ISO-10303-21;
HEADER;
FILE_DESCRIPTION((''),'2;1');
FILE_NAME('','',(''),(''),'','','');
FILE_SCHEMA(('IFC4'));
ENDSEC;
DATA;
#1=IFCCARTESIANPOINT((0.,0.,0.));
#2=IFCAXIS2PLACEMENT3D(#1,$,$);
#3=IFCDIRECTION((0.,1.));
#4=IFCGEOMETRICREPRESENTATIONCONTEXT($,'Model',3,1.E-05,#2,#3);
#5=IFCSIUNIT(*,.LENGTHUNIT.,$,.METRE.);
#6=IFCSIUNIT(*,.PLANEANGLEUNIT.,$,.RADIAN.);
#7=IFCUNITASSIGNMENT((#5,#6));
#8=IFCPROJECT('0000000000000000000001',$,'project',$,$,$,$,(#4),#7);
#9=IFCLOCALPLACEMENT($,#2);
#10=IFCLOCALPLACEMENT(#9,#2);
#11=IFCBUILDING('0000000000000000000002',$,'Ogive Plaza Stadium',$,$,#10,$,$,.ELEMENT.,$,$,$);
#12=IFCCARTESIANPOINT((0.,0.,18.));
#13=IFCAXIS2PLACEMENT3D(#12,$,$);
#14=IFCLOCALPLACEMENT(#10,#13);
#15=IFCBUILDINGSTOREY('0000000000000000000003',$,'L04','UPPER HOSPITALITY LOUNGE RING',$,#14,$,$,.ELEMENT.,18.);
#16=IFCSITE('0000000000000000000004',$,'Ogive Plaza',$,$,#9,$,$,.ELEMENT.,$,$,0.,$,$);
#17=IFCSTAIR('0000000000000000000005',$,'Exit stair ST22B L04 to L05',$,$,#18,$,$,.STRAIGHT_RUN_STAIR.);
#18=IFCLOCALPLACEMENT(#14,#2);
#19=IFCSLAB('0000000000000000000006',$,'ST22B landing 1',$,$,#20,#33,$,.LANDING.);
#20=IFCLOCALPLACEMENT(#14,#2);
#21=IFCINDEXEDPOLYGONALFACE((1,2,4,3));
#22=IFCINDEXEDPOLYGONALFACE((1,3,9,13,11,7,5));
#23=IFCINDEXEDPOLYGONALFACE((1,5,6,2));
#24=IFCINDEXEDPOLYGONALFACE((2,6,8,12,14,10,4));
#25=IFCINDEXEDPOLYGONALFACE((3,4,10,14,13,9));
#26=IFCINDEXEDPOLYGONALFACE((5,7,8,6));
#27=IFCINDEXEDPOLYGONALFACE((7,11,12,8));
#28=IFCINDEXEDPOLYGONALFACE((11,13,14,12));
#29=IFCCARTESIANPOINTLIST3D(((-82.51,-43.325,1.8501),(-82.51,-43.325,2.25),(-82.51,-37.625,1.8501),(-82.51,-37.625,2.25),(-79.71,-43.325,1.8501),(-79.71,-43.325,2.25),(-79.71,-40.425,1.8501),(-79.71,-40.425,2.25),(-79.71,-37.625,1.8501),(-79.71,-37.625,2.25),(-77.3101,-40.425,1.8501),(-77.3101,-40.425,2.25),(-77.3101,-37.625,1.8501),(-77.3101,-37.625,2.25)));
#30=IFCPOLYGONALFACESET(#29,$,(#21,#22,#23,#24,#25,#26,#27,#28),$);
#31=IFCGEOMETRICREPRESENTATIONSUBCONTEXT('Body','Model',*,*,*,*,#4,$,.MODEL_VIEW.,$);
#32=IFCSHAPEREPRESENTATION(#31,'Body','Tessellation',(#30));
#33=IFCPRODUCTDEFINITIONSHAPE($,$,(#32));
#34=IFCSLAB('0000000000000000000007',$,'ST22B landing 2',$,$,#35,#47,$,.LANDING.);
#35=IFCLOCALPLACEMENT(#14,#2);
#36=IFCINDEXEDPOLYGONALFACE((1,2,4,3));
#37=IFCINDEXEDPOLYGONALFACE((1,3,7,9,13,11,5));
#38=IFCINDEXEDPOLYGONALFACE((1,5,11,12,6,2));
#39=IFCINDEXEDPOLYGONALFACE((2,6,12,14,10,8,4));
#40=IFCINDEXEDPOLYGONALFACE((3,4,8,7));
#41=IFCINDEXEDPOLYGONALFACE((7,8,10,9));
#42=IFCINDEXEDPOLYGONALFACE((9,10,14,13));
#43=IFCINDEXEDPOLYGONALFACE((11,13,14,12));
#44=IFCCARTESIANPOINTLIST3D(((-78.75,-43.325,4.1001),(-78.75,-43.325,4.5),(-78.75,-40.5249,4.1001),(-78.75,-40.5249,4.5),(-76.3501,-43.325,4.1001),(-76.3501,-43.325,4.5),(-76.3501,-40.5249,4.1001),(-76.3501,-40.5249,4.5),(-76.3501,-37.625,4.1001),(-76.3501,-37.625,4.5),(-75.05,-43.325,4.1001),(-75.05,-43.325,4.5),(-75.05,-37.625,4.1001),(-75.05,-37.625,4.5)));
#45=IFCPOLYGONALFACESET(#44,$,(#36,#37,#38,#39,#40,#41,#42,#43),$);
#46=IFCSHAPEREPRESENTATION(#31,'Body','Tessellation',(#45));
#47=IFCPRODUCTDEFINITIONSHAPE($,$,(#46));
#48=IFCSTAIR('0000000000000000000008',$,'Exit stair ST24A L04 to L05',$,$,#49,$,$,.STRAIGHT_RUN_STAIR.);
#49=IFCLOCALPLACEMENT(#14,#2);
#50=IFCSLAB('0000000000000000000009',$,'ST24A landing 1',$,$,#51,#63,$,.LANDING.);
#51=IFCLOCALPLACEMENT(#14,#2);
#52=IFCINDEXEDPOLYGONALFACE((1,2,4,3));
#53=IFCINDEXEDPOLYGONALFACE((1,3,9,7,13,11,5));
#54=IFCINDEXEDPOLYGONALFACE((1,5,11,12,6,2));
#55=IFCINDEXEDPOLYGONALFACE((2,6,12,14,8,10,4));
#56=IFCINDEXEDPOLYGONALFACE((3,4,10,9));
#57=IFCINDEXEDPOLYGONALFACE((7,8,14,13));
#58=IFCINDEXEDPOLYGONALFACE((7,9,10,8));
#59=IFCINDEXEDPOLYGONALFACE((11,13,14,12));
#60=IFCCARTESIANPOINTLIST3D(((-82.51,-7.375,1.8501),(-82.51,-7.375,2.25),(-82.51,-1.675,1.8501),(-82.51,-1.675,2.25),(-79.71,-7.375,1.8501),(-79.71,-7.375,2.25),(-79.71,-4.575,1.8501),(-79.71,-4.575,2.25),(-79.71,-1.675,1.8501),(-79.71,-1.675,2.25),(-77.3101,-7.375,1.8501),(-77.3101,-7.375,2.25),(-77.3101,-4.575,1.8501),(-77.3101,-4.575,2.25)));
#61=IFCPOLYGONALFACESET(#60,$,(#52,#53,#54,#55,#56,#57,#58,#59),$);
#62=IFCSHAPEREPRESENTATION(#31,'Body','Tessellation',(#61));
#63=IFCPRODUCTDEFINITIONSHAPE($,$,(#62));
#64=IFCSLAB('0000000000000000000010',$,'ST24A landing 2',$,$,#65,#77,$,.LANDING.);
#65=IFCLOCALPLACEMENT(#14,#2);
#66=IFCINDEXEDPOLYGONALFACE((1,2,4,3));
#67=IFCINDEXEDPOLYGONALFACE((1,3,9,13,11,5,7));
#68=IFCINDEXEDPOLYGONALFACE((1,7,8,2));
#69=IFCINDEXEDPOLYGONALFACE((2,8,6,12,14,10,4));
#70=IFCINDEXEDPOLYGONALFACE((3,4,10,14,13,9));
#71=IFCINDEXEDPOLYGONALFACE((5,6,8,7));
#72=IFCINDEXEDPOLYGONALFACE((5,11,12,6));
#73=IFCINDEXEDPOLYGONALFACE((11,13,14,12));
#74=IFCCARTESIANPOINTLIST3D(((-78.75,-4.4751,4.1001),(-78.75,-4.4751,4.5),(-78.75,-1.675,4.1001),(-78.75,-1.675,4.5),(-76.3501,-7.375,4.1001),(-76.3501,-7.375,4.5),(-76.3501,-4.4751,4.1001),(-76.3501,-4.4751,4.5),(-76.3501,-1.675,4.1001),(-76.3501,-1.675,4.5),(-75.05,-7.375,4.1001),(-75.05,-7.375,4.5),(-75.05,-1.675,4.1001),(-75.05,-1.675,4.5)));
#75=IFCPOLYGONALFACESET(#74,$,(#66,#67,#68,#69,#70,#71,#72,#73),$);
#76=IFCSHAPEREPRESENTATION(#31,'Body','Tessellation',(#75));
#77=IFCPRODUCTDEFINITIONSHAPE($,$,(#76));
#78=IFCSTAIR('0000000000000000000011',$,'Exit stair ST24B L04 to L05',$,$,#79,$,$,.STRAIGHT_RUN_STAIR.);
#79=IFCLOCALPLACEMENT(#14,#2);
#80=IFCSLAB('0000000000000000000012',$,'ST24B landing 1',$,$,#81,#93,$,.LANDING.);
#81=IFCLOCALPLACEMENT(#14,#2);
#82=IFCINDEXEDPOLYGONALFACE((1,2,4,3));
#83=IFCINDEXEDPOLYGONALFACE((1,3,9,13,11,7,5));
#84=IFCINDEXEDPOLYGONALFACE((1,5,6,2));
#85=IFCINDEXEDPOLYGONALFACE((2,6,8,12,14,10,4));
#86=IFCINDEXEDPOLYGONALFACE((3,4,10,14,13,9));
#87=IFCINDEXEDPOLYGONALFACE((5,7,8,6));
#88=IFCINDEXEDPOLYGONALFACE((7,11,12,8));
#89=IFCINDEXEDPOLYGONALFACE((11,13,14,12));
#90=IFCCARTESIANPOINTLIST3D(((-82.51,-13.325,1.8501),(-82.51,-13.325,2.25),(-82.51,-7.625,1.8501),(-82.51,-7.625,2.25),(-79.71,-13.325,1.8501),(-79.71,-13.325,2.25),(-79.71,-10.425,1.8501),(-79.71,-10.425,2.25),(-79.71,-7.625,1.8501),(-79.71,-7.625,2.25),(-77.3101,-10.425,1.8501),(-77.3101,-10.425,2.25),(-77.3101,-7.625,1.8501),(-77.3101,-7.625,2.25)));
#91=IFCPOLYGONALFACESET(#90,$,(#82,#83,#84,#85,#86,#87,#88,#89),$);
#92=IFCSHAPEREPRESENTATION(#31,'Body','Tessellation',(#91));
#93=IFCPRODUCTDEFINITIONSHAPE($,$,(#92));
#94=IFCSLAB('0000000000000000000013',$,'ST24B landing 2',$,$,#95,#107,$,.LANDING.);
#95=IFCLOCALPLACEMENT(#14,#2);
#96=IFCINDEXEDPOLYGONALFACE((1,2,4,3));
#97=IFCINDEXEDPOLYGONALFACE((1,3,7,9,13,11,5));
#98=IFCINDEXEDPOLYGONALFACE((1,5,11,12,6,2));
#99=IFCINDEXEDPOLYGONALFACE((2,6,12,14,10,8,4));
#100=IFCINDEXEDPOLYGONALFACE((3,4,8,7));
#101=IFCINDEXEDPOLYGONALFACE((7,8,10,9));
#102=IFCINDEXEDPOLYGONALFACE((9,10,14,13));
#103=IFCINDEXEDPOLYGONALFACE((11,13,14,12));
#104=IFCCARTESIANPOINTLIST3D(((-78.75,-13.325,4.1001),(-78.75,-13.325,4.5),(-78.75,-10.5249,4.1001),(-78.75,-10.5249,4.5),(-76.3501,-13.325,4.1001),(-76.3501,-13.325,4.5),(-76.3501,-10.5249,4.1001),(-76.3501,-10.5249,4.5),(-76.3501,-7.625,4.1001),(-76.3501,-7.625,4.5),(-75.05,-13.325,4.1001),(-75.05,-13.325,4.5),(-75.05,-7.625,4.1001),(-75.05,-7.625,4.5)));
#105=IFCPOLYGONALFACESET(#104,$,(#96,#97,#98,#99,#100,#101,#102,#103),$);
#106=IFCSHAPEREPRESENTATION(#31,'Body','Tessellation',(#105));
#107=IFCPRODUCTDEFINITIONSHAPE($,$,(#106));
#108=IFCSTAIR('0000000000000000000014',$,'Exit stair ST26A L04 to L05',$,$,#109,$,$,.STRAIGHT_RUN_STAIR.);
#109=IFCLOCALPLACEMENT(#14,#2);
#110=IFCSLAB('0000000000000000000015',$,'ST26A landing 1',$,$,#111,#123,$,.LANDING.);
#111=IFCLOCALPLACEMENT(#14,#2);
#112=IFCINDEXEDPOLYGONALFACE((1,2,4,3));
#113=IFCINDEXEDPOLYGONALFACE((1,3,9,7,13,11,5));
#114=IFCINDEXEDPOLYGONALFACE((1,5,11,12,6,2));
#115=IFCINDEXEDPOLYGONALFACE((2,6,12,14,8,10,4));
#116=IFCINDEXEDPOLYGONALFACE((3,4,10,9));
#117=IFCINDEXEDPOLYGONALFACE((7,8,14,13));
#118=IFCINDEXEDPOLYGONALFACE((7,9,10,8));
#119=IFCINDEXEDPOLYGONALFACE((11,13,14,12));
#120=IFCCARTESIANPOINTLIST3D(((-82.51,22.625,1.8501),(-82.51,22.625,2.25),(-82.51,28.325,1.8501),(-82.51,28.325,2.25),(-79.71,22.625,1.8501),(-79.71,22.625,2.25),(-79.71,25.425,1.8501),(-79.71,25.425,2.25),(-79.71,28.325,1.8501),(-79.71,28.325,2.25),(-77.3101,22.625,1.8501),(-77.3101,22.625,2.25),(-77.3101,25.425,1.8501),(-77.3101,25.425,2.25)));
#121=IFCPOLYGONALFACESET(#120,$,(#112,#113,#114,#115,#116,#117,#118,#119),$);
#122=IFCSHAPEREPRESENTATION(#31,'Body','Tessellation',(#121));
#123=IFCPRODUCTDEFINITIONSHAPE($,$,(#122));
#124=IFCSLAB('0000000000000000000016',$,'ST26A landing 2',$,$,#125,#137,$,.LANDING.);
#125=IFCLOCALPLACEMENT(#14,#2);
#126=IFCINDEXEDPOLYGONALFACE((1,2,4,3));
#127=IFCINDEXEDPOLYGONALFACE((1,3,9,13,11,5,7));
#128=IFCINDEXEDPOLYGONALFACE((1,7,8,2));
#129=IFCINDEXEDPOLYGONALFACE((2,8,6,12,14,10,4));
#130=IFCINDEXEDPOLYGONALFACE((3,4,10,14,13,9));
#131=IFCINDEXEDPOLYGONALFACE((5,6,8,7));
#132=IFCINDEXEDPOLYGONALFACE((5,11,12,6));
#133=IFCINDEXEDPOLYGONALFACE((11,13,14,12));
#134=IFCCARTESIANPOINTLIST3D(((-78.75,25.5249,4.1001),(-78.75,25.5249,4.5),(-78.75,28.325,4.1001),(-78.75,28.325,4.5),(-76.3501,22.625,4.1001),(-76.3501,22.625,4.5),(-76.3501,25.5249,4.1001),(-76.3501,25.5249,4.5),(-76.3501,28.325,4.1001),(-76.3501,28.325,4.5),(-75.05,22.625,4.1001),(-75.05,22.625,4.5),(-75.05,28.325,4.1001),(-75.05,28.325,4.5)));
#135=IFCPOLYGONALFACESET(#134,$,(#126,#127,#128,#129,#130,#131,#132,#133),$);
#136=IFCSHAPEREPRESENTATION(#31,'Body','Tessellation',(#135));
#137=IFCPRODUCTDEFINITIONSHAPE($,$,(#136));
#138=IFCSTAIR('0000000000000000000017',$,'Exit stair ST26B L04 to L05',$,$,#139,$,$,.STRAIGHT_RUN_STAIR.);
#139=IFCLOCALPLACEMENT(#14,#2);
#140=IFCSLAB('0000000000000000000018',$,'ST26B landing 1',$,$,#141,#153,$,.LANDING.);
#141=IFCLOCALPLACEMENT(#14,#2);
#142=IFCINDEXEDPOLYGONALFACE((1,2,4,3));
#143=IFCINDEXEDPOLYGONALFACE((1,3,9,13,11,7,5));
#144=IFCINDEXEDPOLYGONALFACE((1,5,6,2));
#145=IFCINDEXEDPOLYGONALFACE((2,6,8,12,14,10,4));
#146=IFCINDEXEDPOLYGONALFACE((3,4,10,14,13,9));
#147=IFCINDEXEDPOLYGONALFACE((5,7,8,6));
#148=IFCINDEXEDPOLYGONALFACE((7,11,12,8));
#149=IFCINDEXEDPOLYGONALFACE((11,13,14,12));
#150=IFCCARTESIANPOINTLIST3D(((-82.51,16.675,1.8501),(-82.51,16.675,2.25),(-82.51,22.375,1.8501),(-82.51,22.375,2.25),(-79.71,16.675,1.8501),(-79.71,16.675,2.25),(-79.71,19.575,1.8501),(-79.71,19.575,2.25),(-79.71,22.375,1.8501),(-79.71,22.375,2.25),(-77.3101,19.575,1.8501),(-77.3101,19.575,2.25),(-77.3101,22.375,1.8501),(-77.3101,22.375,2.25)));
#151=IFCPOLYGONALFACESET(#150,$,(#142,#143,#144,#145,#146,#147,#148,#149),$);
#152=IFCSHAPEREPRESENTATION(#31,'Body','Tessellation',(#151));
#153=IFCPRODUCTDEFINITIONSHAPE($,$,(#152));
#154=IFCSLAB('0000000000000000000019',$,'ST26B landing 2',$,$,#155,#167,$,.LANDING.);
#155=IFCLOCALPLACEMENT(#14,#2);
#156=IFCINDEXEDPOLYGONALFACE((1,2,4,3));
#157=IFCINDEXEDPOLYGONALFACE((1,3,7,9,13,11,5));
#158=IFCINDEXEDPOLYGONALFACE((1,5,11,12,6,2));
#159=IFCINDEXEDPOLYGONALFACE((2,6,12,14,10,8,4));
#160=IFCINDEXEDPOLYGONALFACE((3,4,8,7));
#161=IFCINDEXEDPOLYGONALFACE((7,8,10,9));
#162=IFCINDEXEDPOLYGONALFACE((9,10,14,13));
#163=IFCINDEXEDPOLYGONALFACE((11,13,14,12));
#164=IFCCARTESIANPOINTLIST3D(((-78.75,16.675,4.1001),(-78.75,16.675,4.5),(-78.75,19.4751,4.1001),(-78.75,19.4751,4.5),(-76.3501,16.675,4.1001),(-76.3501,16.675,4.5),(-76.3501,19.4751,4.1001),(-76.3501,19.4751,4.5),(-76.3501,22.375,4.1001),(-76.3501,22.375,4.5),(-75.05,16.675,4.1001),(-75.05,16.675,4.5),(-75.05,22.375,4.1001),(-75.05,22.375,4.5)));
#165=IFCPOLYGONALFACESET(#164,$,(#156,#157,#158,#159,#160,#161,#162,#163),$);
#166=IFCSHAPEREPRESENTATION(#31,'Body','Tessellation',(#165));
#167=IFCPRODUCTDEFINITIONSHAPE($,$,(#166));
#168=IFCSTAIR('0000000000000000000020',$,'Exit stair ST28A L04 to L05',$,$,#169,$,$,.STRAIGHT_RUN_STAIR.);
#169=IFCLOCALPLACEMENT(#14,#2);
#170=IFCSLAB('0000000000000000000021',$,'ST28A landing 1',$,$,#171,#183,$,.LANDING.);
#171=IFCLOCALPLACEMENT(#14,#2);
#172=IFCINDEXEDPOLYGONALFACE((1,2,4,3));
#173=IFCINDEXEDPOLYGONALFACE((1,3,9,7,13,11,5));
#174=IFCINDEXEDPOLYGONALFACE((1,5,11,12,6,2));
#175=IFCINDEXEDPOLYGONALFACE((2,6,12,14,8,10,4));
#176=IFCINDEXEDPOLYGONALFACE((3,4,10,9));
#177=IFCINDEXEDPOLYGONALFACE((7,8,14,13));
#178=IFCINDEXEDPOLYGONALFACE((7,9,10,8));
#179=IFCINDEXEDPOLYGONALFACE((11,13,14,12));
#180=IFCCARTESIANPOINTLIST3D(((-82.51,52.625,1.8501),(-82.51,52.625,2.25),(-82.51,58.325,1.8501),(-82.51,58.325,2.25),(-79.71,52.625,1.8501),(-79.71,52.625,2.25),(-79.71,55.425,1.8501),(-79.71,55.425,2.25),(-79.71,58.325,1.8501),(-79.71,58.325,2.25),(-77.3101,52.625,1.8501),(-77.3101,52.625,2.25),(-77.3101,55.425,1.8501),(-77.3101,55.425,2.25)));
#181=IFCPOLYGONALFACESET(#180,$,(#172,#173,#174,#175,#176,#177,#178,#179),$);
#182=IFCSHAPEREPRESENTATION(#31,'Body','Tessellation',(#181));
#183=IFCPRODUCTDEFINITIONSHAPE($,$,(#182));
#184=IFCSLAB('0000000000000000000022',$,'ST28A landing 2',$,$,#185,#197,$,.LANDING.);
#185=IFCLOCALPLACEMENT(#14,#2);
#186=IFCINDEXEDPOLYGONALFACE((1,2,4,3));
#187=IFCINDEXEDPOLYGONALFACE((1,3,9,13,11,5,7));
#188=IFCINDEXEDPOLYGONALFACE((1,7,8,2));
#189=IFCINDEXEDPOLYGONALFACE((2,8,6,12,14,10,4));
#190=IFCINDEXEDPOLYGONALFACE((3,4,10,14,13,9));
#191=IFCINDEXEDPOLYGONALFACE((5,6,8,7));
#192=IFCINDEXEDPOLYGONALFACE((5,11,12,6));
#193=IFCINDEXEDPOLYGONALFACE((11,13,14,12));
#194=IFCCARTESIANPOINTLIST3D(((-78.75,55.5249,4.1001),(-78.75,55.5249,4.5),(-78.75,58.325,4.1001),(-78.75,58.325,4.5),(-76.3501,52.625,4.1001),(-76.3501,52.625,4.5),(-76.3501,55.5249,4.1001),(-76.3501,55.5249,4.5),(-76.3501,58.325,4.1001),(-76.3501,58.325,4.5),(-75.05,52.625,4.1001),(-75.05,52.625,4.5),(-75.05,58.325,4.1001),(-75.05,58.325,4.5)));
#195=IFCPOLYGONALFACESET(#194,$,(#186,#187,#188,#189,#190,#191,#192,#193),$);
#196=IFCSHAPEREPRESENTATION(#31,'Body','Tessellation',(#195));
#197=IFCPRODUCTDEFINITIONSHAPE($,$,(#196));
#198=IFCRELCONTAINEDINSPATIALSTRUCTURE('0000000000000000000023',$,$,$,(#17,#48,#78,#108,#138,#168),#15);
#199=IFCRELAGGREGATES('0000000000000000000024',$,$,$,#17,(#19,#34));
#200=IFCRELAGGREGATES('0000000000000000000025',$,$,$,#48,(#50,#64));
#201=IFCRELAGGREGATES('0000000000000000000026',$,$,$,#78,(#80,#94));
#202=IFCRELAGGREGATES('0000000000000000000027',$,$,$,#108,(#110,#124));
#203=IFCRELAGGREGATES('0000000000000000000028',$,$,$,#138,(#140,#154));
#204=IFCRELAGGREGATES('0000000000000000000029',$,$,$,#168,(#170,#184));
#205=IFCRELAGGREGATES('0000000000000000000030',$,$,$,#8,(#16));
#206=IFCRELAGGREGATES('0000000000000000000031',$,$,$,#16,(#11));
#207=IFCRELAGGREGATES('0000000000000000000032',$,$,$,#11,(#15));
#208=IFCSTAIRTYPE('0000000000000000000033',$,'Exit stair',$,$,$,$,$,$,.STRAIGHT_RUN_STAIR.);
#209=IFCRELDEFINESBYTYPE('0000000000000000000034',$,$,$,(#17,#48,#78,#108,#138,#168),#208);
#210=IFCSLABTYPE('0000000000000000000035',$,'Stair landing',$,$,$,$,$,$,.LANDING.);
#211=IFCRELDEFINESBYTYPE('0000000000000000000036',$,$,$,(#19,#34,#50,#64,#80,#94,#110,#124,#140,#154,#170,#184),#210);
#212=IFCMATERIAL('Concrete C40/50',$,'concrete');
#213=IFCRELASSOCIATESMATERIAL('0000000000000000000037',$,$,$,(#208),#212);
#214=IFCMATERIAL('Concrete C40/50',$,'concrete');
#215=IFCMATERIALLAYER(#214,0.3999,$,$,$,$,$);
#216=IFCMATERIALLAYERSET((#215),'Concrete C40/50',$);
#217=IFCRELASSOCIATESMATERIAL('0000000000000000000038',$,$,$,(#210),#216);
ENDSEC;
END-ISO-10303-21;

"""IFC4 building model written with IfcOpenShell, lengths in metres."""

from ifc_helpers import new_model, si_unit, direction, frame, origin, place, context, subcontext, project, spatial, polyline, outline, extrude, material, layer, layer_set, type_object, element, aggregate, save


model = new_model("IFC4")

# Units and contexts
model_context = context("Model", 3, precision=1e-05, world=origin(), true_north=direction((0.0, 1.0)))
body_context = subcontext(model_context, "Body", "Model", "MODEL_VIEW")
ifc_project = project(units=[si_unit("LENGTHUNIT", "METRE"), si_unit("PLANEANGLEUNIT", "RADIAN")], contexts=[model_context])

# Site, building, storey
site_placement = place(None, origin())
site = spatial("IfcSite", under=ifc_project, at=site_placement, Name="Ogive Plaza", CompositionType="ELEMENT", RefElevation=0.0)
building_placement = place(site_placement, origin())
building = spatial("IfcBuilding", under=site, at=building_placement, Name="Ogive Plaza Stadium", CompositionType="ELEMENT")
storey_placement = place(building_placement, frame((0.0, 0.0, 18.0)))
storey = spatial("IfcBuildingStorey", under=building, at=storey_placement, Name="L04", Description="UPPER HOSPITALITY LOUNGE RING", CompositionType="ELEMENT", Elevation=18.0)

# Stairs, slabs
ifc_material_1 = material(Name="Concrete C40/50", Category="concrete")
stair_type = type_object("IfcStairType", Name="Exit stair", PredefinedType="STRAIGHT_RUN_STAIR", material=ifc_material_1)
stair_1_placement = place(storey_placement, origin())
stair_1 = element("IfcStair", 1, at=stair_1_placement, inside=storey, type_object=stair_type, Name="Exit stair ST22B L04 to L05", PredefinedType="STRAIGHT_RUN_STAIR")
ifc_material_2 = material(Name="Concrete C40/50", Category="concrete")
ifc_layer = layer(ifc_material_2, 0.3999)
ifc_layer_set = layer_set([ifc_layer], Name="Concrete C40/50")
slab_type = type_object("IfcSlabType", Name="Stair landing", PredefinedType="LANDING", material=ifc_layer_set)
slab_1_placement = place(storey_placement, frame((0.0, 0.0, 1.8501)))
slab_1 = element("IfcSlab", 2, at=slab_1_placement, type_object=slab_type, Name="ST22B landing 1", PredefinedType="LANDING", context=body_context, shape_type="SweptSolid", body=[
    extrude(outline(polyline([(-77.3101, -37.625), (-77.3101, -40.425), (-79.71, -40.425), (-79.71, -43.325), (-82.51, -43.325), (-82.51, -37.625), (-79.71, -37.625), (-77.3101, -37.625)])), origin(), (0.0, 0.0, 1.0), 0.3999),
])
slab_2_placement = place(storey_placement, frame((0.0, 0.0, 4.1001)))
slab_2 = element("IfcSlab", 3, at=slab_2_placement, type_object=slab_type, Name="ST22B landing 2", PredefinedType="LANDING", context=body_context, shape_type="SweptSolid", body=[
    extrude(outline(polyline([(-76.3501, -37.625), (-75.05, -37.625), (-75.05, -43.325), (-76.3501, -43.325), (-78.75, -43.325), (-78.75, -40.5249), (-76.3501, -40.5249), (-76.3501, -37.625)])), origin(), (0.0, 0.0, 1.0), 0.3999),
])
aggregate(stair_1, [slab_1, slab_2])
stair_2_placement = place(storey_placement, origin())
stair_2 = element("IfcStair", 4, at=stair_2_placement, inside=storey, type_object=stair_type, Name="Exit stair ST24A L04 to L05", PredefinedType="STRAIGHT_RUN_STAIR")
slab_3_placement = place(storey_placement, frame((0.0, 0.0, 1.8501)))
slab_3 = element("IfcSlab", 5, at=slab_3_placement, type_object=slab_type, Name="ST24A landing 1", PredefinedType="LANDING", context=body_context, shape_type="SweptSolid", body=[
    extrude(outline(polyline([(-82.51, -7.375), (-82.51, -1.675), (-79.71, -1.675), (-79.71, -4.575), (-77.3101, -4.575), (-77.3101, -7.375), (-79.71, -7.375), (-82.51, -7.375)])), origin(), (0.0, 0.0, 1.0), 0.3999),
])
slab_4_placement = place(storey_placement, frame((0.0, 0.0, 4.1001)))
slab_4 = element("IfcSlab", 6, at=slab_4_placement, type_object=slab_type, Name="ST24A landing 2", PredefinedType="LANDING", context=body_context, shape_type="SweptSolid", body=[
    extrude(outline(polyline([(-78.75, -4.4751), (-78.75, -1.675), (-76.3501, -1.675), (-75.05, -1.675), (-75.05, -7.375), (-76.3501, -7.375), (-76.3501, -4.4751), (-78.75, -4.4751)])), origin(), (0.0, 0.0, 1.0), 0.3999),
])
aggregate(stair_2, [slab_3, slab_4])
stair_3_placement = place(storey_placement, origin())
stair_3 = element("IfcStair", 7, at=stair_3_placement, inside=storey, type_object=stair_type, Name="Exit stair ST24B L04 to L05", PredefinedType="STRAIGHT_RUN_STAIR")
slab_5_placement = place(storey_placement, frame((0.0, 0.0, 1.8501)))
slab_5 = element("IfcSlab", 8, at=slab_5_placement, type_object=slab_type, Name="ST24B landing 1", PredefinedType="LANDING", context=body_context, shape_type="SweptSolid", body=[
    extrude(outline(polyline([(-77.3101, -7.625), (-77.3101, -10.425), (-79.71, -10.425), (-79.71, -13.325), (-82.51, -13.325), (-82.51, -7.625), (-79.71, -7.625), (-77.3101, -7.625)])), origin(), (0.0, 0.0, 1.0), 0.3999),
])
slab_6_placement = place(storey_placement, frame((0.0, 0.0, 4.1001)))
slab_6 = element("IfcSlab", 9, at=slab_6_placement, type_object=slab_type, Name="ST24B landing 2", PredefinedType="LANDING", context=body_context, shape_type="SweptSolid", body=[
    extrude(outline(polyline([(-76.3501, -7.625), (-75.05, -7.625), (-75.05, -13.325), (-76.3501, -13.325), (-78.75, -13.325), (-78.75, -10.5249), (-76.3501, -10.5249), (-76.3501, -7.625)])), origin(), (0.0, 0.0, 1.0), 0.3999),
])
aggregate(stair_3, [slab_5, slab_6])
stair_4_placement = place(storey_placement, origin())
stair_4 = element("IfcStair", 10, at=stair_4_placement, inside=storey, type_object=stair_type, Name="Exit stair ST26A L04 to L05", PredefinedType="STRAIGHT_RUN_STAIR")
slab_7_placement = place(storey_placement, frame((0.0, 0.0, 1.8501)))
slab_7 = element("IfcSlab", 11, at=slab_7_placement, type_object=slab_type, Name="ST26A landing 1", PredefinedType="LANDING", context=body_context, shape_type="SweptSolid", body=[
    extrude(outline(polyline([(-82.51, 22.625), (-82.51, 28.325), (-79.71, 28.325), (-79.71, 25.425), (-77.3101, 25.425), (-77.3101, 22.625), (-79.71, 22.625), (-82.51, 22.625)])), origin(), (0.0, 0.0, 1.0), 0.3999),
])
slab_8_placement = place(storey_placement, frame((0.0, 0.0, 4.1001)))
slab_8 = element("IfcSlab", 12, at=slab_8_placement, type_object=slab_type, Name="ST26A landing 2", PredefinedType="LANDING", context=body_context, shape_type="SweptSolid", body=[
    extrude(outline(polyline([(-78.75, 25.5249), (-78.75, 28.325), (-76.3501, 28.325), (-75.05, 28.325), (-75.05, 22.625), (-76.3501, 22.625), (-76.3501, 25.5249), (-78.75, 25.5249)])), origin(), (0.0, 0.0, 1.0), 0.3999),
])
aggregate(stair_4, [slab_7, slab_8])
stair_5_placement = place(storey_placement, origin())
stair_5 = element("IfcStair", 13, at=stair_5_placement, inside=storey, type_object=stair_type, Name="Exit stair ST26B L04 to L05", PredefinedType="STRAIGHT_RUN_STAIR")
slab_9_placement = place(storey_placement, frame((0.0, 0.0, 1.8501)))
slab_9 = element("IfcSlab", 14, at=slab_9_placement, type_object=slab_type, Name="ST26B landing 1", PredefinedType="LANDING", context=body_context, shape_type="SweptSolid", body=[
    extrude(outline(polyline([(-77.3101, 22.375), (-77.3101, 19.575), (-79.71, 19.575), (-79.71, 16.675), (-82.51, 16.675), (-82.51, 22.375), (-79.71, 22.375), (-77.3101, 22.375)])), origin(), (0.0, 0.0, 1.0), 0.3999),
])
slab_10_placement = place(storey_placement, frame((0.0, 0.0, 4.1001)))
slab_10 = element("IfcSlab", 15, at=slab_10_placement, type_object=slab_type, Name="ST26B landing 2", PredefinedType="LANDING", context=body_context, shape_type="SweptSolid", body=[
    extrude(outline(polyline([(-76.3501, 22.375), (-75.05, 22.375), (-75.05, 16.675), (-76.3501, 16.675), (-78.75, 16.675), (-78.75, 19.4751), (-76.3501, 19.4751), (-76.3501, 22.375)])), origin(), (0.0, 0.0, 1.0), 0.3999),
])
aggregate(stair_5, [slab_9, slab_10])
stair_6_placement = place(storey_placement, origin())
stair_6 = element("IfcStair", 16, at=stair_6_placement, inside=storey, type_object=stair_type, Name="Exit stair ST28A L04 to L05", PredefinedType="STRAIGHT_RUN_STAIR")
slab_11_placement = place(storey_placement, frame((0.0, 0.0, 1.8501)))
slab_11 = element("IfcSlab", 17, at=slab_11_placement, type_object=slab_type, Name="ST28A landing 1", PredefinedType="LANDING", context=body_context, shape_type="SweptSolid", body=[
    extrude(outline(polyline([(-82.51, 52.625), (-82.51, 58.325), (-79.71, 58.325), (-79.71, 55.425), (-77.3101, 55.425), (-77.3101, 52.625), (-79.71, 52.625), (-82.51, 52.625)])), origin(), (0.0, 0.0, 1.0), 0.3999),
])
slab_12_placement = place(storey_placement, frame((0.0, 0.0, 4.1001)))
slab_12 = element("IfcSlab", 18, at=slab_12_placement, type_object=slab_type, Name="ST28A landing 2", PredefinedType="LANDING", context=body_context, shape_type="SweptSolid", body=[
    extrude(outline(polyline([(-78.75, 55.5249), (-78.75, 58.325), (-76.3501, 58.325), (-75.05, 58.325), (-75.05, 52.625), (-76.3501, 52.625), (-76.3501, 55.5249), (-78.75, 55.5249)])), origin(), (0.0, 0.0, 1.0), 0.3999),
])
aggregate(stair_6, [slab_11, slab_12])

save(model, "model.ifc")
